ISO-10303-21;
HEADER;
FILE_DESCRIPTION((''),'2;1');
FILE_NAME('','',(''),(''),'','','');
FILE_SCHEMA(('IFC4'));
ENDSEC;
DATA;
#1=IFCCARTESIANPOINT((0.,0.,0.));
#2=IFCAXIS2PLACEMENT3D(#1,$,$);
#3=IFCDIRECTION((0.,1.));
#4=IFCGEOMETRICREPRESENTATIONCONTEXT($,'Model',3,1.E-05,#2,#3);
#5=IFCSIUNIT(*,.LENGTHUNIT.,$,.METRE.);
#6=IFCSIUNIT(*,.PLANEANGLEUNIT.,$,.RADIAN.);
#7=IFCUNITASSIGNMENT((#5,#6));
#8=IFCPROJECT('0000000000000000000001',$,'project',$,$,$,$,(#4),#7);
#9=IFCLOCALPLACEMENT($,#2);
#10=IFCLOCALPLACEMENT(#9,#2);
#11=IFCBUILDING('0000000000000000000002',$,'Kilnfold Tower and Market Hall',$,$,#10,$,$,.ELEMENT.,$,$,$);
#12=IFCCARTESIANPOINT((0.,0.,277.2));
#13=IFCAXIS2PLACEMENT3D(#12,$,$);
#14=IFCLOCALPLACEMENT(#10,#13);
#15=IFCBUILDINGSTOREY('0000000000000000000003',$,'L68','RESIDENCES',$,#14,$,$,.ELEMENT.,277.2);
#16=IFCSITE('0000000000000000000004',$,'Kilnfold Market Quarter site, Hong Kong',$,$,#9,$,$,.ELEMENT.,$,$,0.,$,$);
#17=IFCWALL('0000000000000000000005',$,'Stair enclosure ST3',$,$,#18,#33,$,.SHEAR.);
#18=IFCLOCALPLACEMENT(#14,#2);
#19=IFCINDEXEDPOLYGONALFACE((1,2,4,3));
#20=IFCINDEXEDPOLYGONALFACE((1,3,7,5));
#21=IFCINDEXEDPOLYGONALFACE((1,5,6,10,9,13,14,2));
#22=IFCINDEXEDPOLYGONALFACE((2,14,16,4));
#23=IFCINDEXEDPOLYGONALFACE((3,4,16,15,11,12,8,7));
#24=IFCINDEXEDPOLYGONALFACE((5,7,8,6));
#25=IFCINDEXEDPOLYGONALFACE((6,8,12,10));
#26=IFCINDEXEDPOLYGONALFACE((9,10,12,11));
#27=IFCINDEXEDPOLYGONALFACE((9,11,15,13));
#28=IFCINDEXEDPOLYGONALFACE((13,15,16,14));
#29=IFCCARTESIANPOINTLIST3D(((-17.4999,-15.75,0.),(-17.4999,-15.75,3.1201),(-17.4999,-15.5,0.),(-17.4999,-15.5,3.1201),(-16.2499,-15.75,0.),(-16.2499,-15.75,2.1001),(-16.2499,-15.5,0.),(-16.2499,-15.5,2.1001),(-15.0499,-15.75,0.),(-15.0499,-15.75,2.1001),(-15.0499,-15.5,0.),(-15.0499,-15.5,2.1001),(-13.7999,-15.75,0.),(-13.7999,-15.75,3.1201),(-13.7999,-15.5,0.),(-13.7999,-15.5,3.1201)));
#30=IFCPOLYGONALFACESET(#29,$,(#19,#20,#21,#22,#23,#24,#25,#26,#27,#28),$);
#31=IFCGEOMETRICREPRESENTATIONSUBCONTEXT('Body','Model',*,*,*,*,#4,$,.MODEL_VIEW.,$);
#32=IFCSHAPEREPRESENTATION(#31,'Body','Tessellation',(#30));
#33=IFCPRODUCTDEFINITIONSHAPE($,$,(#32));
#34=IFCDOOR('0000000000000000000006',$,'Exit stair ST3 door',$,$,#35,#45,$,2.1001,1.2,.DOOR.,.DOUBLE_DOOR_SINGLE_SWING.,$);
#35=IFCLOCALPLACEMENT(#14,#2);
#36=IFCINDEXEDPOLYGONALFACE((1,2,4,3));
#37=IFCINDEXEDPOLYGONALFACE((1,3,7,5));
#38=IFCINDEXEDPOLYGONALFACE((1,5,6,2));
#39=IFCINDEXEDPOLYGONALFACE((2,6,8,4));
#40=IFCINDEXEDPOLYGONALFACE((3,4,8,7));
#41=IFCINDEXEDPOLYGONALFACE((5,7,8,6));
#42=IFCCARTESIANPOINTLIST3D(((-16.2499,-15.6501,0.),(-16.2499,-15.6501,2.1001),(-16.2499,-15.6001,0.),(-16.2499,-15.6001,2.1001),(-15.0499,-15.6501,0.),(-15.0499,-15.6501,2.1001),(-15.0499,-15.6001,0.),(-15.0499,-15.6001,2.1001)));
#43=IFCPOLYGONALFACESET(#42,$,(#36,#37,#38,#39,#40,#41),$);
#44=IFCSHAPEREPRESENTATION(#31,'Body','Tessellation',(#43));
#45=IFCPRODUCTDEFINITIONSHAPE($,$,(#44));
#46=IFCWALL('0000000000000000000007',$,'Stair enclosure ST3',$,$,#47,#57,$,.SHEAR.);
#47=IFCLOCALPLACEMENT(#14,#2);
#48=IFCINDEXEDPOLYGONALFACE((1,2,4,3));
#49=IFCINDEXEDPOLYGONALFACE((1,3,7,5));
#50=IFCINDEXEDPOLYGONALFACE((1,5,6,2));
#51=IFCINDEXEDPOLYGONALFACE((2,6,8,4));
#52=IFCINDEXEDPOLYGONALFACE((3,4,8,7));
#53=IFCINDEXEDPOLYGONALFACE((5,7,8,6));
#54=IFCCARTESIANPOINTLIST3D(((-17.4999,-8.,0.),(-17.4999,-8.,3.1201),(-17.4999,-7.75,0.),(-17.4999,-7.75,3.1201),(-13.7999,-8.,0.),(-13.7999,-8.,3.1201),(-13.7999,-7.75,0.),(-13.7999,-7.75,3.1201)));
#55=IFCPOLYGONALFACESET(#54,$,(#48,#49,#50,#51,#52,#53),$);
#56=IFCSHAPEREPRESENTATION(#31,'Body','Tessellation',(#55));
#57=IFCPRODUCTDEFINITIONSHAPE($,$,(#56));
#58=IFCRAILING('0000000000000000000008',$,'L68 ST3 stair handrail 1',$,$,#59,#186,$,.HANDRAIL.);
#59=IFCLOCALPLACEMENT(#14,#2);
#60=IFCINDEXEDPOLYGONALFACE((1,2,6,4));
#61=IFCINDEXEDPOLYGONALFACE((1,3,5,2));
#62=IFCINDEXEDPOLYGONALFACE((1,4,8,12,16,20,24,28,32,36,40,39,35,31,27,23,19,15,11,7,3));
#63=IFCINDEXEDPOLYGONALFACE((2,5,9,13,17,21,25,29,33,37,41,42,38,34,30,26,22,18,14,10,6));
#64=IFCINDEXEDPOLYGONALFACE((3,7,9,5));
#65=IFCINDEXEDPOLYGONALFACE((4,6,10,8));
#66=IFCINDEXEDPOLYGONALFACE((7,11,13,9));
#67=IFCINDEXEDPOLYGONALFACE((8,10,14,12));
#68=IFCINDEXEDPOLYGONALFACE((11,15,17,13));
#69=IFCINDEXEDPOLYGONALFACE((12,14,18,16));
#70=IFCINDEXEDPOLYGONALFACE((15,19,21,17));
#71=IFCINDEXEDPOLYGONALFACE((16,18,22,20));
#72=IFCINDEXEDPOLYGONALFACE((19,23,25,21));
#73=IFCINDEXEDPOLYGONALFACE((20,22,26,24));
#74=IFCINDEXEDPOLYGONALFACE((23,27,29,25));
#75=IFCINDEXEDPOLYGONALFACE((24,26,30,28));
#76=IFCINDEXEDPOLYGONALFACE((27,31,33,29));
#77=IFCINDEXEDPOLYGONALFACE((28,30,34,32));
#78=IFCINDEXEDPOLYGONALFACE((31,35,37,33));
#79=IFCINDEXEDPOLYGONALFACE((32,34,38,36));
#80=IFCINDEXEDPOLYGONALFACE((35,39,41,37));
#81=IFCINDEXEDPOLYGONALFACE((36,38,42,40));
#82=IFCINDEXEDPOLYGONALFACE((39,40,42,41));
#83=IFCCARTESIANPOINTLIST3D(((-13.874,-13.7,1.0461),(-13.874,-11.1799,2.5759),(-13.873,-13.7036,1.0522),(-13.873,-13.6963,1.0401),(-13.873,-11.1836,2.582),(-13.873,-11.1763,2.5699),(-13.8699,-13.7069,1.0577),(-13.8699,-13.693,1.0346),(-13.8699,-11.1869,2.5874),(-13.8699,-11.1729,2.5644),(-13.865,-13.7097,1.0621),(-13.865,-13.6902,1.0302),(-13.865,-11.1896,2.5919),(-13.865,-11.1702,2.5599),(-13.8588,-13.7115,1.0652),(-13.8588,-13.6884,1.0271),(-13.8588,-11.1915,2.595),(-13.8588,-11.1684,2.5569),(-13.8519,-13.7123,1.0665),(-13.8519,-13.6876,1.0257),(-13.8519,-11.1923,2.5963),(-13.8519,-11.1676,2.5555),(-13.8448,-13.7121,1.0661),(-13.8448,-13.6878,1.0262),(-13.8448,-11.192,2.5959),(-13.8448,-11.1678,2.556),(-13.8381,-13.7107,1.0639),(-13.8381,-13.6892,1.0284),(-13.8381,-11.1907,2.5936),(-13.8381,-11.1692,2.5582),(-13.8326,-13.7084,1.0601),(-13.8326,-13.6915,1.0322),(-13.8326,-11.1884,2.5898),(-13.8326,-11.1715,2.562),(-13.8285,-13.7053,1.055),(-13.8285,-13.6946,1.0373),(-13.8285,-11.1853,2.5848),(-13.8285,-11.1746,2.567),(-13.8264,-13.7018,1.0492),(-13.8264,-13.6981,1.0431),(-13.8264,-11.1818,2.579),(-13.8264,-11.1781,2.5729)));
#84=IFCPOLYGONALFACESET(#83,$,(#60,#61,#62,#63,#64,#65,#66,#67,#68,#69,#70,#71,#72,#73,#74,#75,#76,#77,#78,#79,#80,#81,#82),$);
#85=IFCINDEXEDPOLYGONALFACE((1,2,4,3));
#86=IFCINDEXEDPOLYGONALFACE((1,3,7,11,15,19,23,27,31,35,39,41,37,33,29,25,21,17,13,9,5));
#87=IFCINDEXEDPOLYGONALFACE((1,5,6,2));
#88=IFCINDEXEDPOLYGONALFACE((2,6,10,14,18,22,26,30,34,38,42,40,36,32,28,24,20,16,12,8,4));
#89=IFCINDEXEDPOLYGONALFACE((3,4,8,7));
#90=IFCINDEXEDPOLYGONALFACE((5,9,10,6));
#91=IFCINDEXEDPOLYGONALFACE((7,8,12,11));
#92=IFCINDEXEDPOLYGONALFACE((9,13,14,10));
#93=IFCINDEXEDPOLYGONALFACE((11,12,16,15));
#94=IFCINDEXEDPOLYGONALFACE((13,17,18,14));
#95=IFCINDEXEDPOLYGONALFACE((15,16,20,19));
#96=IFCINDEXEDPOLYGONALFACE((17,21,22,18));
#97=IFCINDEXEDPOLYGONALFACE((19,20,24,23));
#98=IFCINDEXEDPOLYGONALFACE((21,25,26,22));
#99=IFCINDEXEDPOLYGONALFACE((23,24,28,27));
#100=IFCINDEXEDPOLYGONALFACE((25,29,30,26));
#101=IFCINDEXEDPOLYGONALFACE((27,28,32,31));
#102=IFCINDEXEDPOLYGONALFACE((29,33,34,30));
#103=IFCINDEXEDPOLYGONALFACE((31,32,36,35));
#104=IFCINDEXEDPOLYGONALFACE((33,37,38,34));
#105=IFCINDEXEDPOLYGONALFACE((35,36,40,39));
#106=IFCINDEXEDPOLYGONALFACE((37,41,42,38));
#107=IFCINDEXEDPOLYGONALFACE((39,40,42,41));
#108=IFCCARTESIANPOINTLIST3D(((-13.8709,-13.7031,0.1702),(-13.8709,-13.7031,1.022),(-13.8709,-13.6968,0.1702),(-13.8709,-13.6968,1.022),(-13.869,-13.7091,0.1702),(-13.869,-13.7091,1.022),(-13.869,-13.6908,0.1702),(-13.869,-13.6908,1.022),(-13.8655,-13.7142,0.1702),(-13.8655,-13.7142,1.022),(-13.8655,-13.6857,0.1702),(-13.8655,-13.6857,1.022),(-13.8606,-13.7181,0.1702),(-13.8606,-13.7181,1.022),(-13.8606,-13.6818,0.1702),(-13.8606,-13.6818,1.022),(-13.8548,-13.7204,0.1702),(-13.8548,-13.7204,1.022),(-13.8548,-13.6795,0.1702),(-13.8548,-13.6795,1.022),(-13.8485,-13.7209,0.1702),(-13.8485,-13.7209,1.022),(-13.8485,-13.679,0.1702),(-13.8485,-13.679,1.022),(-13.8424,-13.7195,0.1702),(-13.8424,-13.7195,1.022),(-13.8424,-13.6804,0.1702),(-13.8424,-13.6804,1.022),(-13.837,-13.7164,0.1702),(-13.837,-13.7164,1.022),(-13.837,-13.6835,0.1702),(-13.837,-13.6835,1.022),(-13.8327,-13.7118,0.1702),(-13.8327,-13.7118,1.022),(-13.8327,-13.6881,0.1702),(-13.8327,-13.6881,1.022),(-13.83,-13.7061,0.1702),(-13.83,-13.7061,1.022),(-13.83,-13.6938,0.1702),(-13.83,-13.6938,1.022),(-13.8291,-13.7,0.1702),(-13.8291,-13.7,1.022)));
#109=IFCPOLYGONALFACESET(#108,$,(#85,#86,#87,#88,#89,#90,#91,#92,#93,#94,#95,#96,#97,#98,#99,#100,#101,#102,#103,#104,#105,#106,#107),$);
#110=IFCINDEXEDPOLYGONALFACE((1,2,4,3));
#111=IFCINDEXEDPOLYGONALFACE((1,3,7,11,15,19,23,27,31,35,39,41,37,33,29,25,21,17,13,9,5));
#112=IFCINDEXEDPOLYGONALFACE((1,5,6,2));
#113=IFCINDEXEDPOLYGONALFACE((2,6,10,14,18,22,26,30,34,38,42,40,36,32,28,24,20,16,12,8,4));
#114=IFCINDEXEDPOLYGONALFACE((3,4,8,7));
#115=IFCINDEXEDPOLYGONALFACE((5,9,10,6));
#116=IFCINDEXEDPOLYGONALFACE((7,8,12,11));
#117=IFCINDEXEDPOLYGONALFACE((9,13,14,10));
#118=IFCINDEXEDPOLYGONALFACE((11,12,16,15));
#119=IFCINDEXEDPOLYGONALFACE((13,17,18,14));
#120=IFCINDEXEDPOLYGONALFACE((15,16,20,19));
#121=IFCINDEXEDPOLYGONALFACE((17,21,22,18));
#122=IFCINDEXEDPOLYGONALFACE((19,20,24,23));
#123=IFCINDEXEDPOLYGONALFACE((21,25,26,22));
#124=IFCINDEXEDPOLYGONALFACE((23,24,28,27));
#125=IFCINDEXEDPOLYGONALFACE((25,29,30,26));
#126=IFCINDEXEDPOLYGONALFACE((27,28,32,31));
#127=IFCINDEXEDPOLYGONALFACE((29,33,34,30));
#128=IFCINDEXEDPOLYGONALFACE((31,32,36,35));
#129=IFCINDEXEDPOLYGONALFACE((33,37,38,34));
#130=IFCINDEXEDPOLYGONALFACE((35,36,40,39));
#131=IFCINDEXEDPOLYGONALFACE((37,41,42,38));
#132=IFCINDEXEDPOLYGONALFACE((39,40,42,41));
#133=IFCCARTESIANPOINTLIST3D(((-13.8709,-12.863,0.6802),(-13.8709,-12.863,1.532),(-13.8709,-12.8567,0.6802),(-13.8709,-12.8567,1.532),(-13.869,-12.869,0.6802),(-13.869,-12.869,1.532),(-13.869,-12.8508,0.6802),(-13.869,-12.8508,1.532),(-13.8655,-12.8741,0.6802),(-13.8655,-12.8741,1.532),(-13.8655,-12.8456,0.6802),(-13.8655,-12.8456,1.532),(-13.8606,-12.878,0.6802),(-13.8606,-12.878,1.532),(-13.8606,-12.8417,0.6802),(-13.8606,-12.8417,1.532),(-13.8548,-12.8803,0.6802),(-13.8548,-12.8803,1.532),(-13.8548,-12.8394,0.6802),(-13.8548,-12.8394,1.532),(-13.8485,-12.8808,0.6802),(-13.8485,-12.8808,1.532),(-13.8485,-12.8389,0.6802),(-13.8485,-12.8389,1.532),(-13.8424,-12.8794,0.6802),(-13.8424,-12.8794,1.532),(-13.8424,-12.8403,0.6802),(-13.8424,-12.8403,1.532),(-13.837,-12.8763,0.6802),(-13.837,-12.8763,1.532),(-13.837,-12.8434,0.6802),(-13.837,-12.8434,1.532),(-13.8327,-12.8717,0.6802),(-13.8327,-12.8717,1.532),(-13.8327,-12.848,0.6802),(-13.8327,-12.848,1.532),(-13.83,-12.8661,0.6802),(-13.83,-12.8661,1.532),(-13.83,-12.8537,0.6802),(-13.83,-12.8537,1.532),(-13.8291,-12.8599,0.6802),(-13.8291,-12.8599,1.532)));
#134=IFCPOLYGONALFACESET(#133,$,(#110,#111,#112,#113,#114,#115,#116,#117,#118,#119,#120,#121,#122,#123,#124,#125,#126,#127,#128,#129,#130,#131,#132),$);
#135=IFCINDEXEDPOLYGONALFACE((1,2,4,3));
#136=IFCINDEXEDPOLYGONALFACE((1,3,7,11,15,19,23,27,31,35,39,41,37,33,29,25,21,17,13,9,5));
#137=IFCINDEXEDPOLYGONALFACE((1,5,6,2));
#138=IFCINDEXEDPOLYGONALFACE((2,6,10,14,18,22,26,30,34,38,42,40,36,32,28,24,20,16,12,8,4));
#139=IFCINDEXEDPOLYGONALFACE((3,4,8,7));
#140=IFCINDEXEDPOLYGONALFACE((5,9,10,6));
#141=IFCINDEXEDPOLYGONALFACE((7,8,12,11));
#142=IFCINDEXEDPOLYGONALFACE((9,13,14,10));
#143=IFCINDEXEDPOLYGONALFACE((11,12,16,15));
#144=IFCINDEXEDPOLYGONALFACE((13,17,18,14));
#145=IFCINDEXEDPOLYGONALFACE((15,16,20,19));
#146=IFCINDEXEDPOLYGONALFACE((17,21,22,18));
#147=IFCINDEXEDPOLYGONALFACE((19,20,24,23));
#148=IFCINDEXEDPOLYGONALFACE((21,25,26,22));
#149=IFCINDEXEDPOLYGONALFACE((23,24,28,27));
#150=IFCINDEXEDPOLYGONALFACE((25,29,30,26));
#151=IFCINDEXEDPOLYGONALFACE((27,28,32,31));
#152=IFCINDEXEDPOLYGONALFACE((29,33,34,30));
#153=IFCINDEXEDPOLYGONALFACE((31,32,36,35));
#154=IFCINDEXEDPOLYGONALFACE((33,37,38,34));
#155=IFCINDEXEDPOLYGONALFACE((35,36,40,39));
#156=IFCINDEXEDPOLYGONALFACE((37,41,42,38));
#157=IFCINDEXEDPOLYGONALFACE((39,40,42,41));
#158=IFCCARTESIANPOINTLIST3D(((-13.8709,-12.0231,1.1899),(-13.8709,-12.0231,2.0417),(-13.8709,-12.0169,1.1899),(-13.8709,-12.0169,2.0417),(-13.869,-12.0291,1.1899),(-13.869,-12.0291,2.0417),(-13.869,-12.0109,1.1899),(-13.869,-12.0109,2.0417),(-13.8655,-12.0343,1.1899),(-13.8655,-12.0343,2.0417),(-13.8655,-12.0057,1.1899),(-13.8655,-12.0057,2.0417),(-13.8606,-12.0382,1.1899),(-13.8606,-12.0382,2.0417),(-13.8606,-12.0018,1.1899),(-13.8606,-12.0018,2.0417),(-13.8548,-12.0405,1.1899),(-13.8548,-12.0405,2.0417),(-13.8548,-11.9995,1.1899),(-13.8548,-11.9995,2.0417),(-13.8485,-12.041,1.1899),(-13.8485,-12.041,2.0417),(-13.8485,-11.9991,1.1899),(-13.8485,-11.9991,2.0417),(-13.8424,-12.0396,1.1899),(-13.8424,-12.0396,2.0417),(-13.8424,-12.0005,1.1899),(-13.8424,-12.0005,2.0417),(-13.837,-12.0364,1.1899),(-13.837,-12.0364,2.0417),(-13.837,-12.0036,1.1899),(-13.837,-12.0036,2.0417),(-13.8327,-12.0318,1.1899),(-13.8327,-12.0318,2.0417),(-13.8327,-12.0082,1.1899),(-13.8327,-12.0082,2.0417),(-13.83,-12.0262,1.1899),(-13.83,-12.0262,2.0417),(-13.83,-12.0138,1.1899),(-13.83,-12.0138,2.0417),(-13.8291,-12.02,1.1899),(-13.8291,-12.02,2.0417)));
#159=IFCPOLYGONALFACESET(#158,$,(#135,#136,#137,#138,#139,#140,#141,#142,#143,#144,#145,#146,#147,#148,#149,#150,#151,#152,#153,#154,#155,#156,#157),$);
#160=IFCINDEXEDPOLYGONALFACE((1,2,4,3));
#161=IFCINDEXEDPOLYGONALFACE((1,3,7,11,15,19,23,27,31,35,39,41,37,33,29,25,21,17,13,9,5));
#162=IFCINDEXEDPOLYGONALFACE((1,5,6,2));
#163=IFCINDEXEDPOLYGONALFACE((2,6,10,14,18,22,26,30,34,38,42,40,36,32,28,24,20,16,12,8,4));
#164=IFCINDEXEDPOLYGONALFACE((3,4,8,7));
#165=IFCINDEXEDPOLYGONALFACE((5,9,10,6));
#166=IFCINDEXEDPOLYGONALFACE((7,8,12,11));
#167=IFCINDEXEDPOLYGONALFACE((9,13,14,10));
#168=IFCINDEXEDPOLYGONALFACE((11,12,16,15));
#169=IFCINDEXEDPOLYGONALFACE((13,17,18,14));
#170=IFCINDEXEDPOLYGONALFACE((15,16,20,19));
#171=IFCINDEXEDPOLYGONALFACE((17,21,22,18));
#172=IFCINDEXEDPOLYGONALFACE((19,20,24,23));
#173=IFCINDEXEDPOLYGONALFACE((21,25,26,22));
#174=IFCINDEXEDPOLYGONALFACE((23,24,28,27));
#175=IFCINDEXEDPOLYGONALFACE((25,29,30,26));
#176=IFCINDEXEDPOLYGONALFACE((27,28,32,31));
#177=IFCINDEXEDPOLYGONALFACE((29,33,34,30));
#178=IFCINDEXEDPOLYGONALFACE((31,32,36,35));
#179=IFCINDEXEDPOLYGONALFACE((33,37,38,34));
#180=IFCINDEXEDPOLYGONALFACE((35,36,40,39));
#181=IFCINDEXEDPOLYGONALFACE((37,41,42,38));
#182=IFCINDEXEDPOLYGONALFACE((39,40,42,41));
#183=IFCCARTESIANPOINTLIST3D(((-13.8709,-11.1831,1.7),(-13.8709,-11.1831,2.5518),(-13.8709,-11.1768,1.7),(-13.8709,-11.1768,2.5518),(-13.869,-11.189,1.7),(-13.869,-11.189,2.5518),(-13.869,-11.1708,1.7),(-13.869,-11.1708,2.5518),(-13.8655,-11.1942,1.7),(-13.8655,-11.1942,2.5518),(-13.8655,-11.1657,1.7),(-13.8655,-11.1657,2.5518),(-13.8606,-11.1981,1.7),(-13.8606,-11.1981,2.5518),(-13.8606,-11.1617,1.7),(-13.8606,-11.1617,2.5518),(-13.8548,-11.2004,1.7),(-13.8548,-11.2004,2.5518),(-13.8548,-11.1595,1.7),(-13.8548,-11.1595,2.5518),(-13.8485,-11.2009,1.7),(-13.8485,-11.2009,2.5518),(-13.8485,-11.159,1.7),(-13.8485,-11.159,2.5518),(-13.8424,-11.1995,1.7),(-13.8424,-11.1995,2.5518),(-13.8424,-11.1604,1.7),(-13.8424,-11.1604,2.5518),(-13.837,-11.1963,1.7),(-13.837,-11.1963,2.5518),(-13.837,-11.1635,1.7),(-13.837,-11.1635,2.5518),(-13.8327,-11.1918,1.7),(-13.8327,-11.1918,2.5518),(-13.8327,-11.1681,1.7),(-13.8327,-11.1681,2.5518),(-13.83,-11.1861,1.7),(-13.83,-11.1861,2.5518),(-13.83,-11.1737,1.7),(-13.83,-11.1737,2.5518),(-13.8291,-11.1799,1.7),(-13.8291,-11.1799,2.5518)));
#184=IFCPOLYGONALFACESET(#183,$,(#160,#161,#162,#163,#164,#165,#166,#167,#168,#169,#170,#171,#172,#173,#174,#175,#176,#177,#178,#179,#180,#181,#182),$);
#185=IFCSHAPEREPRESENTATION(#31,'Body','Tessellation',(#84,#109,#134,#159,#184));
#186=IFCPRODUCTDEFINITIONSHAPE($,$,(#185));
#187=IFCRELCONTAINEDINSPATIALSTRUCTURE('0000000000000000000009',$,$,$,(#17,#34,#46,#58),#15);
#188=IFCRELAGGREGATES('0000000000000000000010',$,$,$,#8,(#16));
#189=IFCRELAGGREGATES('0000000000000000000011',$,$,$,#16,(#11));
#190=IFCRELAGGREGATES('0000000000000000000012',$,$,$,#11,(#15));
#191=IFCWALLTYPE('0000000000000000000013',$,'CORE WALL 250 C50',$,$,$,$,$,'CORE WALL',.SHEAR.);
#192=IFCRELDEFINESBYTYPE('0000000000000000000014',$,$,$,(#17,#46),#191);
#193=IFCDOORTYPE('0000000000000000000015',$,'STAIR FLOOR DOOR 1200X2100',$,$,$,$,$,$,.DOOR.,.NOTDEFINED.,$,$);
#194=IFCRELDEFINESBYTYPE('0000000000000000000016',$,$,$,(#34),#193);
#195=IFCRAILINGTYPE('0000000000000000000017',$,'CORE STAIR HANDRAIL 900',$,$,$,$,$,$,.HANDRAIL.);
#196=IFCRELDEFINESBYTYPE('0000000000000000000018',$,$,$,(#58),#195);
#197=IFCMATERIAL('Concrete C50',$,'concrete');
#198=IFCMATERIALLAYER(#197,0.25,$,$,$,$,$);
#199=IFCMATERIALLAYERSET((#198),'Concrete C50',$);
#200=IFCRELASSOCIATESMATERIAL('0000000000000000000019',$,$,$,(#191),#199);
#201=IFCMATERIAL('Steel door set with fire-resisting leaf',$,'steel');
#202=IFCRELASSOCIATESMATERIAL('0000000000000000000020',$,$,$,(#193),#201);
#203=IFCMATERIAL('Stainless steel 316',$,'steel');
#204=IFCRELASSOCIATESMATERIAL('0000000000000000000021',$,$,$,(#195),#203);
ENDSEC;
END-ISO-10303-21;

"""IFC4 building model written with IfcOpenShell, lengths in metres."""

from ifc_helpers import new_model, si_unit, direction, frame, frame_2d, origin, origin_2d, place, context, subcontext, project, spatial, rectangle, circle, extrude, source, transform, mapped, material, layer, layer_set, type_object, element, fill, save


model = new_model("IFC4")

# Units and contexts
model_context = context("Model", 3, precision=1e-05, world=origin(), true_north=direction((0.0, 1.0)))
body_context = subcontext(model_context, "Body", "Model", "MODEL_VIEW")
ifc_project = project(units=[si_unit("LENGTHUNIT", "METRE"), si_unit("PLANEANGLEUNIT", "RADIAN")], contexts=[model_context])

# Site, building, storey
site_placement = place(None, origin())
site = spatial("IfcSite", under=ifc_project, at=site_placement, Name="Kilnfold Market Quarter site, Hong Kong", CompositionType="ELEMENT", RefElevation=0.0)
building_placement = place(site_placement, origin())
building = spatial("IfcBuilding", under=site, at=building_placement, Name="Kilnfold Tower and Market Hall", CompositionType="ELEMENT")
storey_placement = place(building_placement, frame((0.0, 0.0, 277.2)))
storey = spatial("IfcBuildingStorey", under=building, at=storey_placement, Name="L68", Description="RESIDENCES", CompositionType="ELEMENT", Elevation=277.2)

# Wall, opening, door
ifc_material_1 = material(Name="Concrete C50", Category="concrete")
ifc_layer_1 = layer(ifc_material_1, 0.25)
ifc_layer_set_1 = layer_set([ifc_layer_1], Name="Concrete C50")
wall_type_1 = type_object("IfcWallType", Name="CORE WALL 250 C50", ElementType="CORE WALL", PredefinedType="SHEAR", material=ifc_layer_set_1)
shared_shape_1 = source(origin(), body_context, "Body", "SweptSolid", [
    extrude(rectangle(XDim=3.7, YDim=0.25, at=frame_2d((1.8501, 0.0))), origin(), (0.0, 0.0, 1.0), 3.1201),
])
wall_1_placement = place(storey_placement, frame((-17.5, -15.625, 0.0), z_axis=(0.0, 0.0, 1.0), x_axis=(1.0, 0.0, 0.0)))
wall_1 = element("IfcWall", 1, at=wall_1_placement, inside=storey, type_object=wall_type_1, Name="Stair enclosure ST3", PredefinedType="SHEAR", context=body_context, shape_type="MappedRepresentation", body=[
    mapped(shared_shape_1, transform((0.0, 0.0, 0.0))),
])
opening_1_placement = place(wall_1_placement, frame((1.25, 0.0, 0.0)))
opening_1 = element("IfcOpeningElement", 2, at=opening_1_placement, cuts=wall_1, PredefinedType="OPENING", context=body_context, shape_type="SweptSolid", body=[
    extrude(rectangle(XDim=1.2, YDim=2.1001, at=frame_2d((0.6001, 1.05))), frame((0.0, 0.135, 0.0), z_axis=(0.0, -1.0, 0.0), x_axis=(1.0, 0.0, 0.0)), (0.0, 0.0, 1.0), 0.27),
])
ifc_material_2 = material(Name="Steel door set with fire-resisting leaf", Category="steel")
door_type_1 = type_object("IfcDoorType", Name="STAIR FLOOR DOOR 1200X2100", OperationType="NOTDEFINED", PredefinedType="DOOR", material=ifc_material_2)
door_1_placement = place(opening_1_placement, origin())
door_1 = element("IfcDoor", 3, at=door_1_placement, inside=storey, type_object=door_type_1, Name="Exit stair ST3 door", OperationType="DOUBLE_DOOR_SINGLE_SWING", OverallHeight=2.1001, OverallWidth=1.2, PredefinedType="DOOR", context=body_context, shape_type="SweptSolid", body=[
    extrude(rectangle(XDim=1.2, YDim=2.1001, at=frame_2d((0.6001, 1.05))), frame((0.0, 0.0249, 0.0), z_axis=(0.0, -1.0, 0.0), x_axis=(1.0, 0.0, 0.0)), (0.0, 0.0, 1.0), 0.05),
])
fill(opening_1, door_1)

# Wall
wall_2_placement = place(storey_placement, frame((-17.5, -7.875, 0.0), z_axis=(0.0, 0.0, 1.0), x_axis=(1.0, 0.0, 0.0)))
element("IfcWall", 4, at=wall_2_placement, inside=storey, type_object=wall_type_1, Name="Stair enclosure ST3", PredefinedType="SHEAR", context=body_context, shape_type="MappedRepresentation", body=[
    mapped(shared_shape_1, transform((0.0, 0.0, 0.0))),
])

# Railing
ifc_material_3 = material(Name="Stainless steel 316", Category="steel")
railing_type_1 = type_object("IfcRailingType", Name="CORE STAIR HANDRAIL 900", PredefinedType="HANDRAIL", material=ifc_material_3)
railing_1_placement = place(storey_placement, frame((-13.8501, -13.7, 0.1702)))
element("IfcRailing", 5, at=railing_1_placement, inside=storey, type_object=railing_type_1, Name="L68 ST3 stair handrail 1", PredefinedType="HANDRAIL", context=body_context, shape_type="SweptSolid", body=[
    extrude(circle(Radius=0.0239, at=origin_2d()), frame((0.0, 0.0, 0.876), z_axis=(0.0, 0.854822, 0.518922), x_axis=(-1.0, 0.0, 0.0)), (0.0, 0.0, 1.0), 2.948),
    extrude(circle(Radius=0.021, at=origin_2d()), origin(), (0.0, 0.0, 1.0), 0.8518),
    extrude(circle(Radius=0.021, at=origin_2d()), frame((0.0, 0.8401, 0.51)), (0.0, 0.0, 1.0), 0.8518),
    extrude(circle(Radius=0.021, at=origin_2d()), frame((0.0, 1.6799, 1.0198)), (0.0, 0.0, 1.0), 0.8518),
    extrude(circle(Radius=0.021, at=origin_2d()), frame((0.0, 2.52, 1.5298)), (0.0, 0.0, 1.0), 0.8518),
])

save(model, "model.ifc")
